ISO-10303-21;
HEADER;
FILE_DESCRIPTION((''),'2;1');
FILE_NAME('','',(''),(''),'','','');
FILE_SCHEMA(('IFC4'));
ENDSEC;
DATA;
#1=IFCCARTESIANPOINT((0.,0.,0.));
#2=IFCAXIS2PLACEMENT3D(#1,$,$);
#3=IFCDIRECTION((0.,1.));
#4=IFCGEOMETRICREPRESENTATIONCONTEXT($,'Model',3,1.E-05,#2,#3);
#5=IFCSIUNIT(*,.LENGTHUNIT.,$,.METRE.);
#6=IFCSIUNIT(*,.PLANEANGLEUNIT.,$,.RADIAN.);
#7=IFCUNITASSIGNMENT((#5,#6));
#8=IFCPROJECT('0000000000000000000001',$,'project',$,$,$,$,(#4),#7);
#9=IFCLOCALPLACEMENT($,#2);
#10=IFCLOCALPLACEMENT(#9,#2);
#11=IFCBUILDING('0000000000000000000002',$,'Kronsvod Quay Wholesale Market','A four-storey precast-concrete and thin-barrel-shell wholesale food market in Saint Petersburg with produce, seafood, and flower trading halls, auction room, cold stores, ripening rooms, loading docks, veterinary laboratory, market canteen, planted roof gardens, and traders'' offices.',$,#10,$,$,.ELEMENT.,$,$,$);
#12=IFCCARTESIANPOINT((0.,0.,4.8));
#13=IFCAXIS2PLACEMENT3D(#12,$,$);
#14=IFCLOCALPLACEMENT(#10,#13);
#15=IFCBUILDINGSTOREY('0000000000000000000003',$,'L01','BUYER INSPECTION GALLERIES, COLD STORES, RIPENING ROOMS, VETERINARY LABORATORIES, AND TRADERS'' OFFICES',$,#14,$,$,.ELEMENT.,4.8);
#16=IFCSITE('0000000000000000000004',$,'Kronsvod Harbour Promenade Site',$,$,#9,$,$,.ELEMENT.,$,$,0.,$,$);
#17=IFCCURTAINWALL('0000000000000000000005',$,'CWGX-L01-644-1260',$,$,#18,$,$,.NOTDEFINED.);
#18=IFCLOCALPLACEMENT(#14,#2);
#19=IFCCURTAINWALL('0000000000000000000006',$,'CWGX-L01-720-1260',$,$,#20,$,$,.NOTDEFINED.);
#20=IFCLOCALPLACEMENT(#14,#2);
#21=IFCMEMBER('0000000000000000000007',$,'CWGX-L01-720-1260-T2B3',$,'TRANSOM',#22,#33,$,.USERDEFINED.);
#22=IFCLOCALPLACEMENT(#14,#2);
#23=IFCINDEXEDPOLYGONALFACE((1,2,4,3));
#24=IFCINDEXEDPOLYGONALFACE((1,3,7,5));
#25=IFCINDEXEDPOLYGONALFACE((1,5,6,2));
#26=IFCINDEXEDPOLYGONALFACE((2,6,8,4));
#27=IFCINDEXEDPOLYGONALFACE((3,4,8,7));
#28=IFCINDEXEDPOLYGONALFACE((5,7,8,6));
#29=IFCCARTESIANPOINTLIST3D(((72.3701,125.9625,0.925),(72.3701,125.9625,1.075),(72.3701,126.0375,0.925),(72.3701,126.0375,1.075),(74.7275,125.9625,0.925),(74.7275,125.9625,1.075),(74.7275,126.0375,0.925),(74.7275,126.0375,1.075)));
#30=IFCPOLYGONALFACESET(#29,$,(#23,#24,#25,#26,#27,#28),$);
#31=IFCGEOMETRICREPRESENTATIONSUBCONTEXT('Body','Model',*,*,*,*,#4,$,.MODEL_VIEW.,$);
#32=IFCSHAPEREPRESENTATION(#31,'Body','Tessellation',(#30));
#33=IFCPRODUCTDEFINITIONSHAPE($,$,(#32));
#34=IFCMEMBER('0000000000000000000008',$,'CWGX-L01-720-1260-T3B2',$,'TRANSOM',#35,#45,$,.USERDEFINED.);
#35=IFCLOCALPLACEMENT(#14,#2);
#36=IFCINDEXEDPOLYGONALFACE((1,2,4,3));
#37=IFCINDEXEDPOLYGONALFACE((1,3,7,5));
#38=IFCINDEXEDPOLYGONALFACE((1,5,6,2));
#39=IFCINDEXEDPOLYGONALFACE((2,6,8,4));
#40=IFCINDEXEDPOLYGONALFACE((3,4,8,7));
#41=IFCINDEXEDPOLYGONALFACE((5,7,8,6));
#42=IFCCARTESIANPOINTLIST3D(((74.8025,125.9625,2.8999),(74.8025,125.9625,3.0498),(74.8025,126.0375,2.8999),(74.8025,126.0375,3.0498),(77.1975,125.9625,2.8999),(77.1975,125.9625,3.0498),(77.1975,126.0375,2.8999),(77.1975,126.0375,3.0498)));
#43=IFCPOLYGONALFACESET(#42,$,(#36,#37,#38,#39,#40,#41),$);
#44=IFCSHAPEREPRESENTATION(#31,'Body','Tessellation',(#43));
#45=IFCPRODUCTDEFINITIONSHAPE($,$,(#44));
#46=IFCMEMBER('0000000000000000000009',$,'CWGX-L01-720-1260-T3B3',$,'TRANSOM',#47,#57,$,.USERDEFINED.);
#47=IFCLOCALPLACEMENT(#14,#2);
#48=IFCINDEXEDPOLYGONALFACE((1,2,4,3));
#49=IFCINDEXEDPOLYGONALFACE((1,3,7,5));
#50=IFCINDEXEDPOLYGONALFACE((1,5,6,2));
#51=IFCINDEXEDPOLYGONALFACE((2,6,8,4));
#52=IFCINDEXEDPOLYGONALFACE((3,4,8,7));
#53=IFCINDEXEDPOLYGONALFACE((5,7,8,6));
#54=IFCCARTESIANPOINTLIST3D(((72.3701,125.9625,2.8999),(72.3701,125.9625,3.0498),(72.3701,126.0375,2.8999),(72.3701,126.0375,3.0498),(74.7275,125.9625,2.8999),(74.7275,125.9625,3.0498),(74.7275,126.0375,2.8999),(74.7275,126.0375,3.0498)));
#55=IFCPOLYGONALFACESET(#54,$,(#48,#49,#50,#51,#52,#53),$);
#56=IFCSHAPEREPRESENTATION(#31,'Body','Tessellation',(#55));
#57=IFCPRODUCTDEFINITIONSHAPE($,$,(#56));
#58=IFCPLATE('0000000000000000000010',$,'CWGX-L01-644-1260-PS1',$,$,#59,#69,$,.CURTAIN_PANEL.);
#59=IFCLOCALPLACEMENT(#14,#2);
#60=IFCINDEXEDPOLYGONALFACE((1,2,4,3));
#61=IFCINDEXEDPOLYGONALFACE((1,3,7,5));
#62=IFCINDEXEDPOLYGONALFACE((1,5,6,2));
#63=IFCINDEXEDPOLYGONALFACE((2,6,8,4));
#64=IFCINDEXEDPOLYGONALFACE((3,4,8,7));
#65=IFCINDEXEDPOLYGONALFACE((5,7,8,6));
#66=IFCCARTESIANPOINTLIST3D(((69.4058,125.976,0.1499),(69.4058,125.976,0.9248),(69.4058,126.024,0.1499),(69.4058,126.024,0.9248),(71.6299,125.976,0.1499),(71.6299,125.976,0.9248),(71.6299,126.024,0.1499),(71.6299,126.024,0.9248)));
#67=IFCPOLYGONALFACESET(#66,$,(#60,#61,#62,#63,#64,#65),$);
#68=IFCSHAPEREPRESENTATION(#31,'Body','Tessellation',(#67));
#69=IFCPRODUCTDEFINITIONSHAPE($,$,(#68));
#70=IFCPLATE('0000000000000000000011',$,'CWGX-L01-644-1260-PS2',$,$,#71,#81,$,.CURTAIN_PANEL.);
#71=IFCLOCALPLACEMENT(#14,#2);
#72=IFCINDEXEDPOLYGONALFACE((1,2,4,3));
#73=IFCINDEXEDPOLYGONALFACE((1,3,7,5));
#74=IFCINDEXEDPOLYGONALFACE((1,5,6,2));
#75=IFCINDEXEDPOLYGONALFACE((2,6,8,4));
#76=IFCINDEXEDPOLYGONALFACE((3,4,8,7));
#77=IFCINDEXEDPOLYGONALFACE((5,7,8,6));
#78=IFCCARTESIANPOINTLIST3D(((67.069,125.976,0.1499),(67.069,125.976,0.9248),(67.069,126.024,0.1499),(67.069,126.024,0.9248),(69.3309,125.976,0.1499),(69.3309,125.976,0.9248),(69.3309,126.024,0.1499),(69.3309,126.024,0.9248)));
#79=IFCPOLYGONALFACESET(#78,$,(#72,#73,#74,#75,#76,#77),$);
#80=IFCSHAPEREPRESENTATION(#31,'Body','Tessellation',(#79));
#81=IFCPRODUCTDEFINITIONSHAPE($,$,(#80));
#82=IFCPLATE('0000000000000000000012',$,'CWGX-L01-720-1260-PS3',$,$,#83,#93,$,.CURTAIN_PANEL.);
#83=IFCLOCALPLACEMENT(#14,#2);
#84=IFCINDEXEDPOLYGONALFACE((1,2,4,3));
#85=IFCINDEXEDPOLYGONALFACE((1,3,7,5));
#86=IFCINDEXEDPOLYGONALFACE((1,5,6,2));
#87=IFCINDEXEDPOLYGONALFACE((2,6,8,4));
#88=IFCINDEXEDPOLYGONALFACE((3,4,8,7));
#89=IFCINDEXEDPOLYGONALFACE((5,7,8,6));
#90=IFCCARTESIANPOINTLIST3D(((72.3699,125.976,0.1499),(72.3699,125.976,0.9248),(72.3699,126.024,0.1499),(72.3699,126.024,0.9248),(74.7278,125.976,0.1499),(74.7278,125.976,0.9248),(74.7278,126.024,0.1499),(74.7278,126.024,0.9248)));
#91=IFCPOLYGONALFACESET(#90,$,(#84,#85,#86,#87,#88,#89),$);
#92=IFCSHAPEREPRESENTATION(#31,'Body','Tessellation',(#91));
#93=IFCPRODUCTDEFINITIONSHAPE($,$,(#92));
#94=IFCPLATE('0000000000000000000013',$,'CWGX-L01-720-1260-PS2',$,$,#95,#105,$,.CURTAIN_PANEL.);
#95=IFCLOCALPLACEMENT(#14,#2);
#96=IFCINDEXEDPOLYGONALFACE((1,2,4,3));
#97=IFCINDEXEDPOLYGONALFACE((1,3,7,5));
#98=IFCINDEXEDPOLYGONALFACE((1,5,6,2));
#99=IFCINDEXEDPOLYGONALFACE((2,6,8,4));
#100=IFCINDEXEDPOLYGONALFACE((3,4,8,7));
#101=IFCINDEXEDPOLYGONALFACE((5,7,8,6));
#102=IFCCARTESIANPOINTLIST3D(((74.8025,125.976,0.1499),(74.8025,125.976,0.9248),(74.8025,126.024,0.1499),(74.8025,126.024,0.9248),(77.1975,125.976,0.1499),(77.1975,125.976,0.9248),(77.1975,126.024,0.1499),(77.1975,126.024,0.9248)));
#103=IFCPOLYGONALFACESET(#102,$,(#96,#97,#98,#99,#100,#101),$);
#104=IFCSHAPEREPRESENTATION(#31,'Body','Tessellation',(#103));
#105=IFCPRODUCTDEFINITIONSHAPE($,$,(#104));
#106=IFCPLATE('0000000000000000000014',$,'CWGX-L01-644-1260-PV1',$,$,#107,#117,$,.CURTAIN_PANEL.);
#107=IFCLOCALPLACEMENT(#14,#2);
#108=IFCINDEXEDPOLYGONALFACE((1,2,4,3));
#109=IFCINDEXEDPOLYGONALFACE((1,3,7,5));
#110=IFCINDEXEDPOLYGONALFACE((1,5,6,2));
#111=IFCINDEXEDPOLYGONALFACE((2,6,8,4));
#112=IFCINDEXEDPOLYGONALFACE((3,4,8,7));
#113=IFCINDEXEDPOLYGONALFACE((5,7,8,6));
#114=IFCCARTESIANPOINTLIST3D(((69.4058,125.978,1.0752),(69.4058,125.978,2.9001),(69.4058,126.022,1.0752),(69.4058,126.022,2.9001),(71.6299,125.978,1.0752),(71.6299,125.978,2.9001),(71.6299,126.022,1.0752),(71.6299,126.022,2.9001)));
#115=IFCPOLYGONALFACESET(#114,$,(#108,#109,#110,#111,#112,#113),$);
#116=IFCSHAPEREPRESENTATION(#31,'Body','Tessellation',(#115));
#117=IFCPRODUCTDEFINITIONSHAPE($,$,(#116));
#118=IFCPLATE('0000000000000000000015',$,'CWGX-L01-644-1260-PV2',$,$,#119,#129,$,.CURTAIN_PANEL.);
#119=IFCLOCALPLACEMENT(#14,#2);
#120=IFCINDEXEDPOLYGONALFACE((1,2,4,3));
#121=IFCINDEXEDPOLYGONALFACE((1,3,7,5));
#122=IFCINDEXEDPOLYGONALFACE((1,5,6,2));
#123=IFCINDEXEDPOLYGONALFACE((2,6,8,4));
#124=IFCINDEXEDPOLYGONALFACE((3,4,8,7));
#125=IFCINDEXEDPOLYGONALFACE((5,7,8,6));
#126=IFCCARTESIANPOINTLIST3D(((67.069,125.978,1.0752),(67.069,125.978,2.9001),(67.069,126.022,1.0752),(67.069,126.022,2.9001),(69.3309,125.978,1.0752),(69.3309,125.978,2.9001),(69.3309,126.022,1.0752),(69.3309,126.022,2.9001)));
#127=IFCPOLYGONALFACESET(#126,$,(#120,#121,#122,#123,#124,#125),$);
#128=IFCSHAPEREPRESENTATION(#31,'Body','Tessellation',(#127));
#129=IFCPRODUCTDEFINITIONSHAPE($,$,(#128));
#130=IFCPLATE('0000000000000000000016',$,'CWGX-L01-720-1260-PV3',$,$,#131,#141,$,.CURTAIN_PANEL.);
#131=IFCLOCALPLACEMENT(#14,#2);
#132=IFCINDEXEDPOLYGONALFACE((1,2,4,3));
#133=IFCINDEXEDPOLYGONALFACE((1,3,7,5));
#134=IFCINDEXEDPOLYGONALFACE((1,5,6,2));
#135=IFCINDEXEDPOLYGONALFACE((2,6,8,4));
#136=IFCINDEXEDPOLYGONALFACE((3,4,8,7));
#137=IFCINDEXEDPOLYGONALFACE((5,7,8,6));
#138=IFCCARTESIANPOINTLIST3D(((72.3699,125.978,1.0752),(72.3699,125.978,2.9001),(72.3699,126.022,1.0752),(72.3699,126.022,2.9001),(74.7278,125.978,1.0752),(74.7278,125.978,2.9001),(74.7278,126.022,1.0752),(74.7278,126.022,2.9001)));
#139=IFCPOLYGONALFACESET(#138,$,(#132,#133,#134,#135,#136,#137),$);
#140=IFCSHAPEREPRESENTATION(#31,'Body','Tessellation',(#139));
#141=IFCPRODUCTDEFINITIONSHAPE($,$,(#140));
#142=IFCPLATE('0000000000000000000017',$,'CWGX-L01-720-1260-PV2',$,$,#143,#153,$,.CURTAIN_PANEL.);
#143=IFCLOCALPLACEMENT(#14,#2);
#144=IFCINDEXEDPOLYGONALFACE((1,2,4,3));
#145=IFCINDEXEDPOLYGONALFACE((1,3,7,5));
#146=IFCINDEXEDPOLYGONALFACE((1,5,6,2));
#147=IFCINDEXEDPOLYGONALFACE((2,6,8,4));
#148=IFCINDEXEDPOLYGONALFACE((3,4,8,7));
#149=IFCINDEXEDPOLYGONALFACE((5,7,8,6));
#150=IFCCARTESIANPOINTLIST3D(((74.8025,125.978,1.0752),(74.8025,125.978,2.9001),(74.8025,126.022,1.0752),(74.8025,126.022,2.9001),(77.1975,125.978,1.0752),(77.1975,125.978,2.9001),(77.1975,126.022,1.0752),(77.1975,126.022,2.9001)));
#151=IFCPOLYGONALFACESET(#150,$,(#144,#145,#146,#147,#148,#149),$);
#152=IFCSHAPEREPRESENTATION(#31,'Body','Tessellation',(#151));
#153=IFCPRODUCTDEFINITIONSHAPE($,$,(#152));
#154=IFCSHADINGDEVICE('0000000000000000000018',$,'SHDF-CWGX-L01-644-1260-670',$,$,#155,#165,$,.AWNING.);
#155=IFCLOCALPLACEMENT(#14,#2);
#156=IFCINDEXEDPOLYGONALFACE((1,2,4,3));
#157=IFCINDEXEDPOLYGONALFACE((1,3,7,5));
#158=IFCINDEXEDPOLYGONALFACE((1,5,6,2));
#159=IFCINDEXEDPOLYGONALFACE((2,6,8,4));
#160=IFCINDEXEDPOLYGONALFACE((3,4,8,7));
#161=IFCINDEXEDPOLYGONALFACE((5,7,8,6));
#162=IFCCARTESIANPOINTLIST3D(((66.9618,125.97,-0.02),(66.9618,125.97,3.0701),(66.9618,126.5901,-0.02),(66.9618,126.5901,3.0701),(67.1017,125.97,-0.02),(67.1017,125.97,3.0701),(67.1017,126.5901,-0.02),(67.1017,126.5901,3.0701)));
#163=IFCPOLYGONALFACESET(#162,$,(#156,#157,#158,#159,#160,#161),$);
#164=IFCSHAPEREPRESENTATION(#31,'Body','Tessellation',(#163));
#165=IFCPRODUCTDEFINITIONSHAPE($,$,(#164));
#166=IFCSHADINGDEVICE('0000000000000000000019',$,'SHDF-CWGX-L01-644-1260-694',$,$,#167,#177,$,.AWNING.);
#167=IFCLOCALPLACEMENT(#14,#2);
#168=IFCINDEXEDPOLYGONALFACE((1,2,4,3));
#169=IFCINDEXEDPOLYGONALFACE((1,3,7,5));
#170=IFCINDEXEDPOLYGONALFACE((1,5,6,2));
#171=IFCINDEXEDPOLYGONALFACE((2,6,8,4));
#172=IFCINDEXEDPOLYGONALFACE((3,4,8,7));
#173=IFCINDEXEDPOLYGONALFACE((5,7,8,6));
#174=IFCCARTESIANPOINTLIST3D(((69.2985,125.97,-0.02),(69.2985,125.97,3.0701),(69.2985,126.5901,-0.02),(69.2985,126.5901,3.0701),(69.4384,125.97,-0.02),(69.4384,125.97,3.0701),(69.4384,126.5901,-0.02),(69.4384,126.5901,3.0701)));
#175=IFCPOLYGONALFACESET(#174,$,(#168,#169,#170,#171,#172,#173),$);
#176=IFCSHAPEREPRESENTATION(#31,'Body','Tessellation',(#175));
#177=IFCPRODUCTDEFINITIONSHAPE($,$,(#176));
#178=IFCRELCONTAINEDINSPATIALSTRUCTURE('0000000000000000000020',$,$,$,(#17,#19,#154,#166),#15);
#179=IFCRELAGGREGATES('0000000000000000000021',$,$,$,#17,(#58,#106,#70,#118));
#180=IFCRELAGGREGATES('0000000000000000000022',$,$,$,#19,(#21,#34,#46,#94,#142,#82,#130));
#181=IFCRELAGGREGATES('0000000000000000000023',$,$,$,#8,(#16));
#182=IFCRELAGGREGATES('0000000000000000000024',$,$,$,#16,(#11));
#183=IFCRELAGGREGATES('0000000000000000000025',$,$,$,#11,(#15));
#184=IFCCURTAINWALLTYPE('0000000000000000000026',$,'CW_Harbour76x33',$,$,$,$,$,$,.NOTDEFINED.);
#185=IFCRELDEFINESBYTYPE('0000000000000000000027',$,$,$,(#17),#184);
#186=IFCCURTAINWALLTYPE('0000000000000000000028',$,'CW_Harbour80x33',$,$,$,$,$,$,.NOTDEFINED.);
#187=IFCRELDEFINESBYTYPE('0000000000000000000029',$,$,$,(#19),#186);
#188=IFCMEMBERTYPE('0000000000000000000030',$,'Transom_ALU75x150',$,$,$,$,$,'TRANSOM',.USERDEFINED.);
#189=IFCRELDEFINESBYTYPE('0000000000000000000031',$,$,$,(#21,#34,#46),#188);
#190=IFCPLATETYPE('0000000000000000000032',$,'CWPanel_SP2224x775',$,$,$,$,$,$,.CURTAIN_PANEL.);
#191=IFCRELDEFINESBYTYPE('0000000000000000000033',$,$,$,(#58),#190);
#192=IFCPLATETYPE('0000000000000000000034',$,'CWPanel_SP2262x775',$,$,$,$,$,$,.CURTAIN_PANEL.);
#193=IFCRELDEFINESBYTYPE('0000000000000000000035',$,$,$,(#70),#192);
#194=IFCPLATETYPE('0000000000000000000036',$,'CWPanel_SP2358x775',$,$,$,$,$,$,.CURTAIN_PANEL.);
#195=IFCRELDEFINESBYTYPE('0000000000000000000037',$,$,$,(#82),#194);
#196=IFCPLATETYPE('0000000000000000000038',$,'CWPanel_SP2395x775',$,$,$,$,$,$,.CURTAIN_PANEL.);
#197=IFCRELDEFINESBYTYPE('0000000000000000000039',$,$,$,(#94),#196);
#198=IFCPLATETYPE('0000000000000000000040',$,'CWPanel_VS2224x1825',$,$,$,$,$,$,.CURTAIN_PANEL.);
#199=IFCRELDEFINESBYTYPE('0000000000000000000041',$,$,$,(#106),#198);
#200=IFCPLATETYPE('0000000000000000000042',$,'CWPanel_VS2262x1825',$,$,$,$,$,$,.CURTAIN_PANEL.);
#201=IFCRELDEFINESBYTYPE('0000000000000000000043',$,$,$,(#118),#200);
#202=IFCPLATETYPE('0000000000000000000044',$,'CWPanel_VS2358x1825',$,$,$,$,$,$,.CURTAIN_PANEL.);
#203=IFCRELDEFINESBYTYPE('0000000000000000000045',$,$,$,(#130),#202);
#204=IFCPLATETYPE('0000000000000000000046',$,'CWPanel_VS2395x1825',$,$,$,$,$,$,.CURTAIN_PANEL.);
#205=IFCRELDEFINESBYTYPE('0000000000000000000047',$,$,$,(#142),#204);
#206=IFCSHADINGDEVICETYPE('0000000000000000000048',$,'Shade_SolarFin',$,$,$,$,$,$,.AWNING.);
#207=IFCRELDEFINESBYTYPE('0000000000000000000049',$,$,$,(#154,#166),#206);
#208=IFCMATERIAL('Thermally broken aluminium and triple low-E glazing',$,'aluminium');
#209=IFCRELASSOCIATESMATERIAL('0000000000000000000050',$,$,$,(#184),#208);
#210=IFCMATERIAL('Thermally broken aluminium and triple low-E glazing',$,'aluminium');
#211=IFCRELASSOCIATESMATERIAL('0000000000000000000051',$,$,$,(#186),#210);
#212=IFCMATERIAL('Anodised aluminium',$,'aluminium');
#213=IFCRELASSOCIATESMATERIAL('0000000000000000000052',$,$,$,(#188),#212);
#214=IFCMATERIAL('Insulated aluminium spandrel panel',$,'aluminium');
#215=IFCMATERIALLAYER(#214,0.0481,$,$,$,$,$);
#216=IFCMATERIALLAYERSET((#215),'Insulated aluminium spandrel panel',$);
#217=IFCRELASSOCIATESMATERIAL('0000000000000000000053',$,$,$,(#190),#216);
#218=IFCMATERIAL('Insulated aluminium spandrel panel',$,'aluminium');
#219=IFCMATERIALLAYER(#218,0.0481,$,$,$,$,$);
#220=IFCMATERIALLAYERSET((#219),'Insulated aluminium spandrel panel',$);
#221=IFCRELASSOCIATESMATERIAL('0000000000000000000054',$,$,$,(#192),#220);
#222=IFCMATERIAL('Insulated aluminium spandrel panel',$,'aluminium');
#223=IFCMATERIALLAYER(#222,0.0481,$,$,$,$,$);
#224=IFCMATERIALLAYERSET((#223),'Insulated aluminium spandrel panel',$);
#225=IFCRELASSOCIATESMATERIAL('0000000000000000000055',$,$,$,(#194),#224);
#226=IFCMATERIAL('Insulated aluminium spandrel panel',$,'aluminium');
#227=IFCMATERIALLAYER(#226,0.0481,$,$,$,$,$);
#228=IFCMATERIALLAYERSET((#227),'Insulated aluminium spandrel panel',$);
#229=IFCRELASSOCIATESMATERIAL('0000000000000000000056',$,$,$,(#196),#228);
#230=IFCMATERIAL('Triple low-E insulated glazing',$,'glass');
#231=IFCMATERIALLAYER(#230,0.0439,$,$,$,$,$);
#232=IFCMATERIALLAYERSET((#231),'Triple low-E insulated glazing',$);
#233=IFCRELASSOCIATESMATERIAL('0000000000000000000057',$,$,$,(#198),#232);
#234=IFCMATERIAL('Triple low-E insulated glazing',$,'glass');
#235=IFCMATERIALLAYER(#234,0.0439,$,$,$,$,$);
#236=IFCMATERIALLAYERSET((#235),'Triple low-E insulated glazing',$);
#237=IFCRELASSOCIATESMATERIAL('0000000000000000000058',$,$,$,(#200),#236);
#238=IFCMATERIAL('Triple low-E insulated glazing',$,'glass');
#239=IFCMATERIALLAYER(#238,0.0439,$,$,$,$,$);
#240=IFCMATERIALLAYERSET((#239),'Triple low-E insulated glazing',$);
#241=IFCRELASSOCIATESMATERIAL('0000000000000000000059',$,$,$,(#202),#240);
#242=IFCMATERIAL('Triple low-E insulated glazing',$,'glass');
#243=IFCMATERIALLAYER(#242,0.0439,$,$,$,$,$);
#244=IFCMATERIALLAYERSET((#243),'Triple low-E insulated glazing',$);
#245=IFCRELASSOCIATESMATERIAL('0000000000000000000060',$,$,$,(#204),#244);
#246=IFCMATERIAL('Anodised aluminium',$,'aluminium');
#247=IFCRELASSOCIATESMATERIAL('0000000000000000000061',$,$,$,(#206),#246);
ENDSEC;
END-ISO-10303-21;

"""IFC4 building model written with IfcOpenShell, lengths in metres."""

from ifc_helpers import new_model, si_unit, direction, frame, origin, origin_2d, place, context, subcontext, project, spatial, rectangle, extrude, material, layer, layer_set, material_profile, profile_set, type_object, element, aggregate, save


model = new_model("IFC4")

# Units and contexts
model_context = context("Model", 3, precision=1e-05, world=origin(), true_north=direction((0.0, 1.0)))
body_context = subcontext(model_context, "Body", "Model", "MODEL_VIEW")
ifc_project = project(units=[si_unit("LENGTHUNIT", "METRE"), si_unit("PLANEANGLEUNIT", "RADIAN")], contexts=[model_context])

# Site, building, storey
site_placement = place(None, origin())
site = spatial("IfcSite", under=ifc_project, at=site_placement, Name="Kronsvod Harbour Promenade Site", CompositionType="ELEMENT", RefElevation=0.0)
building_placement = place(site_placement, origin())
building = spatial("IfcBuilding", under=site, at=building_placement, Name="Kronsvod Quay Wholesale Market", Description="A four-storey precast-concrete and thin-barrel-shell wholesale food market in Saint Petersburg with produce, seafood, and flower trading halls, auction room, cold stores, ripening rooms, loading docks, veterinary laboratory, market canteen, planted roof gardens, and traders' offices.", CompositionType="ELEMENT")
storey_placement = place(building_placement, frame((0.0, 0.0, 4.8)))
storey = spatial("IfcBuildingStorey", under=building, at=storey_placement, Name="L01", Description="BUYER INSPECTION GALLERIES, COLD STORES, RIPENING ROOMS, VETERINARY LABORATORIES, AND TRADERS' OFFICES", CompositionType="ELEMENT", Elevation=4.8)

# Curtain walls
ifc_material_1 = material(Name="Thermally broken aluminium and triple low-E glazing", Category="aluminium")
curtain_wall_type_1 = type_object("IfcCurtainWallType", Name="CW_Harbour76x33", PredefinedType="NOTDEFINED", material=ifc_material_1)
curtain_wall_1_placement = place(storey_placement, origin())
curtain_wall_1 = element("IfcCurtainWall", 1, at=curtain_wall_1_placement, inside=storey, type_object=curtain_wall_type_1, Name="CWGX-L01-644-1260", PredefinedType="NOTDEFINED")
ifc_material_2 = material(Name="Thermally broken aluminium and triple low-E glazing", Category="aluminium")
curtain_wall_type_2 = type_object("IfcCurtainWallType", Name="CW_Harbour80x33", PredefinedType="NOTDEFINED", material=ifc_material_2)
curtain_wall_2_placement = place(storey_placement, origin())
curtain_wall_2 = element("IfcCurtainWall", 2, at=curtain_wall_2_placement, inside=storey, type_object=curtain_wall_type_2, Name="CWGX-L01-720-1260", PredefinedType="NOTDEFINED")

# Members
ifc_material_3 = material(Name="Anodised aluminium", Category="aluminium")
ifc_material_profile_1 = material_profile(ifc_material_3, rectangle(XDim=0.075, YDim=0.1499, at=origin_2d()), Name="ALUT75x150")
ifc_profile_set_1 = profile_set([ifc_material_profile_1], Name="Anodised aluminium")
member_type_1 = type_object("IfcMemberType", Name="Transom_ALU75x150", ElementType="TRANSOM", PredefinedType="USERDEFINED", material=ifc_profile_set_1)
member_1_placement = place(storey_placement, frame((74.7275, 126.0, 1.0), z_axis=(-1.0, 0.0, 0.0), x_axis=(0.0, -1.0, 0.0)))
member_1 = element("IfcMember", 3, at=member_1_placement, type_object=member_type_1, Name="CWGX-L01-720-1260-T2B3", ObjectType="TRANSOM", PredefinedType="USERDEFINED", context=body_context, shape_type="SweptSolid", body=[
    extrude(rectangle(XDim=0.075, YDim=0.1499, at=origin_2d()), origin(), (0.0, 0.0, 1.0), 2.3574),
])
member_2_placement = place(storey_placement, frame((77.1975, 126.0, 2.9749), z_axis=(-1.0, 0.0, 0.0), x_axis=(0.0, -1.0, 0.0)))
member_2 = element("IfcMember", 4, at=member_2_placement, type_object=member_type_1, Name="CWGX-L01-720-1260-T3B2", ObjectType="TRANSOM", PredefinedType="USERDEFINED", context=body_context, shape_type="SweptSolid", body=[
    extrude(rectangle(XDim=0.075, YDim=0.1499, at=origin_2d()), origin(), (0.0, 0.0, 1.0), 2.395),
])
member_3_placement = place(storey_placement, frame((74.7275, 126.0, 2.9749), z_axis=(-1.0, 0.0, 0.0), x_axis=(0.0, -1.0, 0.0)))
member_3 = element("IfcMember", 5, at=member_3_placement, type_object=member_type_1, Name="CWGX-L01-720-1260-T3B3", ObjectType="TRANSOM", PredefinedType="USERDEFINED", context=body_context, shape_type="SweptSolid", body=[
    extrude(rectangle(XDim=0.075, YDim=0.1499, at=origin_2d()), origin(), (0.0, 0.0, 1.0), 2.3574),
])

# Plates
ifc_material_4 = material(Name="Insulated aluminium spandrel panel", Category="aluminium")
ifc_layer_1 = layer(ifc_material_4, 0.0481)
ifc_layer_set_1 = layer_set([ifc_layer_1], Name="Insulated aluminium spandrel panel")
plate_type_1 = type_object("IfcPlateType", Name="CWPanel_SP2224x775", PredefinedType="CURTAIN_PANEL", material=ifc_layer_set_1)
plate_1_placement = place(storey_placement, frame((70.5178, 126.0, 0.1499), z_axis=(0.0, 0.0, 1.0), x_axis=(-1.0, 0.0, 0.0)))
plate_1 = element("IfcPlate", 6, at=plate_1_placement, type_object=plate_type_1, Name="CWGX-L01-644-1260-PS1", PredefinedType="CURTAIN_PANEL", context=body_context, shape_type="SweptSolid", body=[
    extrude(rectangle(XDim=2.2241, YDim=0.0481, at=origin_2d()), origin(), (0.0, 0.0, 1.0), 0.7749),
])
ifc_material_5 = material(Name="Insulated aluminium spandrel panel", Category="aluminium")
ifc_layer_2 = layer(ifc_material_5, 0.0481)
ifc_layer_set_2 = layer_set([ifc_layer_2], Name="Insulated aluminium spandrel panel")
plate_type_2 = type_object("IfcPlateType", Name="CWPanel_SP2262x775", PredefinedType="CURTAIN_PANEL", material=ifc_layer_set_2)
plate_2_placement = place(storey_placement, frame((68.2, 126.0, 0.1499), z_axis=(0.0, 0.0, 1.0), x_axis=(-1.0, 0.0, 0.0)))
plate_2 = element("IfcPlate", 7, at=plate_2_placement, type_object=plate_type_2, Name="CWGX-L01-644-1260-PS2", PredefinedType="CURTAIN_PANEL", context=body_context, shape_type="SweptSolid", body=[
    extrude(rectangle(XDim=2.262, YDim=0.0481, at=origin_2d()), origin(), (0.0, 0.0, 1.0), 0.7749),
])
ifc_material_6 = material(Name="Insulated aluminium spandrel panel", Category="aluminium")
ifc_layer_3 = layer(ifc_material_6, 0.0481)
ifc_layer_set_3 = layer_set([ifc_layer_3], Name="Insulated aluminium spandrel panel")
plate_type_3 = type_object("IfcPlateType", Name="CWPanel_SP2358x775", PredefinedType="CURTAIN_PANEL", material=ifc_layer_set_3)
plate_3_placement = place(storey_placement, frame((73.5488, 126.0, 0.1499), z_axis=(0.0, 0.0, 1.0), x_axis=(-1.0, 0.0, 0.0)))
plate_3 = element("IfcPlate", 8, at=plate_3_placement, type_object=plate_type_3, Name="CWGX-L01-720-1260-PS3", PredefinedType="CURTAIN_PANEL", context=body_context, shape_type="SweptSolid", body=[
    extrude(rectangle(XDim=2.3579, YDim=0.0481, at=origin_2d()), origin(), (0.0, 0.0, 1.0), 0.7749),
])
ifc_material_7 = material(Name="Insulated aluminium spandrel panel", Category="aluminium")
ifc_layer_4 = layer(ifc_material_7, 0.0481)
ifc_layer_set_4 = layer_set([ifc_layer_4], Name="Insulated aluminium spandrel panel")
plate_type_4 = type_object("IfcPlateType", Name="CWPanel_SP2395x775", PredefinedType="CURTAIN_PANEL", material=ifc_layer_set_4)
plate_4_placement = place(storey_placement, frame((76.0, 126.0, 0.1499), z_axis=(0.0, 0.0, 1.0), x_axis=(-1.0, 0.0, 0.0)))
plate_4 = element("IfcPlate", 9, at=plate_4_placement, type_object=plate_type_4, Name="CWGX-L01-720-1260-PS2", PredefinedType="CURTAIN_PANEL", context=body_context, shape_type="SweptSolid", body=[
    extrude(rectangle(XDim=2.395, YDim=0.0481, at=origin_2d()), origin(), (0.0, 0.0, 1.0), 0.7749),
])
ifc_material_8 = material(Name="Triple low-E insulated glazing", Category="glass")
ifc_layer_5 = layer(ifc_material_8, 0.0439)
ifc_layer_set_5 = layer_set([ifc_layer_5], Name="Triple low-E insulated glazing")
plate_type_5 = type_object("IfcPlateType", Name="CWPanel_VS2224x1825", PredefinedType="CURTAIN_PANEL", material=ifc_layer_set_5)
plate_5_placement = place(storey_placement, frame((70.5178, 126.0, 1.0752), z_axis=(0.0, 0.0, 1.0), x_axis=(-1.0, 0.0, 0.0)))
plate_5 = element("IfcPlate", 10, at=plate_5_placement, type_object=plate_type_5, Name="CWGX-L01-644-1260-PV1", PredefinedType="CURTAIN_PANEL", context=body_context, shape_type="SweptSolid", body=[
    extrude(rectangle(XDim=2.2241, YDim=0.0439, at=origin_2d()), origin(), (0.0, 0.0, 1.0), 1.825),
])
ifc_material_9 = material(Name="Triple low-E insulated glazing", Category="glass")
ifc_layer_6 = layer(ifc_material_9, 0.0439)
ifc_layer_set_6 = layer_set([ifc_layer_6], Name="Triple low-E insulated glazing")
plate_type_6 = type_object("IfcPlateType", Name="CWPanel_VS2262x1825", PredefinedType="CURTAIN_PANEL", material=ifc_layer_set_6)
plate_6_placement = place(storey_placement, frame((68.2, 126.0, 1.0752), z_axis=(0.0, 0.0, 1.0), x_axis=(-1.0, 0.0, 0.0)))
plate_6 = element("IfcPlate", 11, at=plate_6_placement, type_object=plate_type_6, Name="CWGX-L01-644-1260-PV2", PredefinedType="CURTAIN_PANEL", context=body_context, shape_type="SweptSolid", body=[
    extrude(rectangle(XDim=2.262, YDim=0.0439, at=origin_2d()), origin(), (0.0, 0.0, 1.0), 1.825),
])
aggregate(curtain_wall_1, [plate_1, plate_5, plate_2, plate_6])
ifc_material_10 = material(Name="Triple low-E insulated glazing", Category="glass")
ifc_layer_7 = layer(ifc_material_10, 0.0439)
ifc_layer_set_7 = layer_set([ifc_layer_7], Name="Triple low-E insulated glazing")
plate_type_7 = type_object("IfcPlateType", Name="CWPanel_VS2358x1825", PredefinedType="CURTAIN_PANEL", material=ifc_layer_set_7)
plate_7_placement = place(storey_placement, frame((73.5488, 126.0, 1.0752), z_axis=(0.0, 0.0, 1.0), x_axis=(-1.0, 0.0, 0.0)))
plate_7 = element("IfcPlate", 12, at=plate_7_placement, type_object=plate_type_7, Name="CWGX-L01-720-1260-PV3", PredefinedType="CURTAIN_PANEL", context=body_context, shape_type="SweptSolid", body=[
    extrude(rectangle(XDim=2.3579, YDim=0.0439, at=origin_2d()), origin(), (0.0, 0.0, 1.0), 1.825),
])
ifc_material_11 = material(Name="Triple low-E insulated glazing", Category="glass")
ifc_layer_8 = layer(ifc_material_11, 0.0439)
ifc_layer_set_8 = layer_set([ifc_layer_8], Name="Triple low-E insulated glazing")
plate_type_8 = type_object("IfcPlateType", Name="CWPanel_VS2395x1825", PredefinedType="CURTAIN_PANEL", material=ifc_layer_set_8)
plate_8_placement = place(storey_placement, frame((76.0, 126.0, 1.0752), z_axis=(0.0, 0.0, 1.0), x_axis=(-1.0, 0.0, 0.0)))
plate_8 = element("IfcPlate", 13, at=plate_8_placement, type_object=plate_type_8, Name="CWGX-L01-720-1260-PV2", PredefinedType="CURTAIN_PANEL", context=body_context, shape_type="SweptSolid", body=[
    extrude(rectangle(XDim=2.395, YDim=0.0439, at=origin_2d()), origin(), (0.0, 0.0, 1.0), 1.825),
])
aggregate(curtain_wall_2, [member_1, member_2, member_3, plate_4, plate_8, plate_3, plate_7])

# Shading devices
ifc_material_12 = material(Name="Anodised aluminium", Category="aluminium")
shading_device_type_1 = type_object("IfcShadingDeviceType", Name="Shade_SolarFin", PredefinedType="AWNING", material=ifc_material_12)
for number, where, z_axis, x_axis, name in (
    (14, (67.0317, 126.28, -0.02), (0.0, 0.0, 1.0), (1.0, 0.0, 0.0), "SHDF-CWGX-L01-644-1260-670"),
    (15, (69.3684, 126.28, -0.02), (0.0, 0.0, 1.0), (1.0, 0.0, 0.0), "SHDF-CWGX-L01-644-1260-694"),
):
    element("IfcShadingDevice", number, at=place(storey_placement, frame(where, z_axis=z_axis, x_axis=x_axis)), inside=storey, type_object=shading_device_type_1, Name=name, PredefinedType="AWNING", context=body_context, shape_type="SweptSolid", body=[
        extrude(rectangle(XDim=0.1399, YDim=0.6201, at=origin_2d()), origin(), (0.0, 0.0, 1.0), 3.0901),
    ])

save(model, "model.ifc")
